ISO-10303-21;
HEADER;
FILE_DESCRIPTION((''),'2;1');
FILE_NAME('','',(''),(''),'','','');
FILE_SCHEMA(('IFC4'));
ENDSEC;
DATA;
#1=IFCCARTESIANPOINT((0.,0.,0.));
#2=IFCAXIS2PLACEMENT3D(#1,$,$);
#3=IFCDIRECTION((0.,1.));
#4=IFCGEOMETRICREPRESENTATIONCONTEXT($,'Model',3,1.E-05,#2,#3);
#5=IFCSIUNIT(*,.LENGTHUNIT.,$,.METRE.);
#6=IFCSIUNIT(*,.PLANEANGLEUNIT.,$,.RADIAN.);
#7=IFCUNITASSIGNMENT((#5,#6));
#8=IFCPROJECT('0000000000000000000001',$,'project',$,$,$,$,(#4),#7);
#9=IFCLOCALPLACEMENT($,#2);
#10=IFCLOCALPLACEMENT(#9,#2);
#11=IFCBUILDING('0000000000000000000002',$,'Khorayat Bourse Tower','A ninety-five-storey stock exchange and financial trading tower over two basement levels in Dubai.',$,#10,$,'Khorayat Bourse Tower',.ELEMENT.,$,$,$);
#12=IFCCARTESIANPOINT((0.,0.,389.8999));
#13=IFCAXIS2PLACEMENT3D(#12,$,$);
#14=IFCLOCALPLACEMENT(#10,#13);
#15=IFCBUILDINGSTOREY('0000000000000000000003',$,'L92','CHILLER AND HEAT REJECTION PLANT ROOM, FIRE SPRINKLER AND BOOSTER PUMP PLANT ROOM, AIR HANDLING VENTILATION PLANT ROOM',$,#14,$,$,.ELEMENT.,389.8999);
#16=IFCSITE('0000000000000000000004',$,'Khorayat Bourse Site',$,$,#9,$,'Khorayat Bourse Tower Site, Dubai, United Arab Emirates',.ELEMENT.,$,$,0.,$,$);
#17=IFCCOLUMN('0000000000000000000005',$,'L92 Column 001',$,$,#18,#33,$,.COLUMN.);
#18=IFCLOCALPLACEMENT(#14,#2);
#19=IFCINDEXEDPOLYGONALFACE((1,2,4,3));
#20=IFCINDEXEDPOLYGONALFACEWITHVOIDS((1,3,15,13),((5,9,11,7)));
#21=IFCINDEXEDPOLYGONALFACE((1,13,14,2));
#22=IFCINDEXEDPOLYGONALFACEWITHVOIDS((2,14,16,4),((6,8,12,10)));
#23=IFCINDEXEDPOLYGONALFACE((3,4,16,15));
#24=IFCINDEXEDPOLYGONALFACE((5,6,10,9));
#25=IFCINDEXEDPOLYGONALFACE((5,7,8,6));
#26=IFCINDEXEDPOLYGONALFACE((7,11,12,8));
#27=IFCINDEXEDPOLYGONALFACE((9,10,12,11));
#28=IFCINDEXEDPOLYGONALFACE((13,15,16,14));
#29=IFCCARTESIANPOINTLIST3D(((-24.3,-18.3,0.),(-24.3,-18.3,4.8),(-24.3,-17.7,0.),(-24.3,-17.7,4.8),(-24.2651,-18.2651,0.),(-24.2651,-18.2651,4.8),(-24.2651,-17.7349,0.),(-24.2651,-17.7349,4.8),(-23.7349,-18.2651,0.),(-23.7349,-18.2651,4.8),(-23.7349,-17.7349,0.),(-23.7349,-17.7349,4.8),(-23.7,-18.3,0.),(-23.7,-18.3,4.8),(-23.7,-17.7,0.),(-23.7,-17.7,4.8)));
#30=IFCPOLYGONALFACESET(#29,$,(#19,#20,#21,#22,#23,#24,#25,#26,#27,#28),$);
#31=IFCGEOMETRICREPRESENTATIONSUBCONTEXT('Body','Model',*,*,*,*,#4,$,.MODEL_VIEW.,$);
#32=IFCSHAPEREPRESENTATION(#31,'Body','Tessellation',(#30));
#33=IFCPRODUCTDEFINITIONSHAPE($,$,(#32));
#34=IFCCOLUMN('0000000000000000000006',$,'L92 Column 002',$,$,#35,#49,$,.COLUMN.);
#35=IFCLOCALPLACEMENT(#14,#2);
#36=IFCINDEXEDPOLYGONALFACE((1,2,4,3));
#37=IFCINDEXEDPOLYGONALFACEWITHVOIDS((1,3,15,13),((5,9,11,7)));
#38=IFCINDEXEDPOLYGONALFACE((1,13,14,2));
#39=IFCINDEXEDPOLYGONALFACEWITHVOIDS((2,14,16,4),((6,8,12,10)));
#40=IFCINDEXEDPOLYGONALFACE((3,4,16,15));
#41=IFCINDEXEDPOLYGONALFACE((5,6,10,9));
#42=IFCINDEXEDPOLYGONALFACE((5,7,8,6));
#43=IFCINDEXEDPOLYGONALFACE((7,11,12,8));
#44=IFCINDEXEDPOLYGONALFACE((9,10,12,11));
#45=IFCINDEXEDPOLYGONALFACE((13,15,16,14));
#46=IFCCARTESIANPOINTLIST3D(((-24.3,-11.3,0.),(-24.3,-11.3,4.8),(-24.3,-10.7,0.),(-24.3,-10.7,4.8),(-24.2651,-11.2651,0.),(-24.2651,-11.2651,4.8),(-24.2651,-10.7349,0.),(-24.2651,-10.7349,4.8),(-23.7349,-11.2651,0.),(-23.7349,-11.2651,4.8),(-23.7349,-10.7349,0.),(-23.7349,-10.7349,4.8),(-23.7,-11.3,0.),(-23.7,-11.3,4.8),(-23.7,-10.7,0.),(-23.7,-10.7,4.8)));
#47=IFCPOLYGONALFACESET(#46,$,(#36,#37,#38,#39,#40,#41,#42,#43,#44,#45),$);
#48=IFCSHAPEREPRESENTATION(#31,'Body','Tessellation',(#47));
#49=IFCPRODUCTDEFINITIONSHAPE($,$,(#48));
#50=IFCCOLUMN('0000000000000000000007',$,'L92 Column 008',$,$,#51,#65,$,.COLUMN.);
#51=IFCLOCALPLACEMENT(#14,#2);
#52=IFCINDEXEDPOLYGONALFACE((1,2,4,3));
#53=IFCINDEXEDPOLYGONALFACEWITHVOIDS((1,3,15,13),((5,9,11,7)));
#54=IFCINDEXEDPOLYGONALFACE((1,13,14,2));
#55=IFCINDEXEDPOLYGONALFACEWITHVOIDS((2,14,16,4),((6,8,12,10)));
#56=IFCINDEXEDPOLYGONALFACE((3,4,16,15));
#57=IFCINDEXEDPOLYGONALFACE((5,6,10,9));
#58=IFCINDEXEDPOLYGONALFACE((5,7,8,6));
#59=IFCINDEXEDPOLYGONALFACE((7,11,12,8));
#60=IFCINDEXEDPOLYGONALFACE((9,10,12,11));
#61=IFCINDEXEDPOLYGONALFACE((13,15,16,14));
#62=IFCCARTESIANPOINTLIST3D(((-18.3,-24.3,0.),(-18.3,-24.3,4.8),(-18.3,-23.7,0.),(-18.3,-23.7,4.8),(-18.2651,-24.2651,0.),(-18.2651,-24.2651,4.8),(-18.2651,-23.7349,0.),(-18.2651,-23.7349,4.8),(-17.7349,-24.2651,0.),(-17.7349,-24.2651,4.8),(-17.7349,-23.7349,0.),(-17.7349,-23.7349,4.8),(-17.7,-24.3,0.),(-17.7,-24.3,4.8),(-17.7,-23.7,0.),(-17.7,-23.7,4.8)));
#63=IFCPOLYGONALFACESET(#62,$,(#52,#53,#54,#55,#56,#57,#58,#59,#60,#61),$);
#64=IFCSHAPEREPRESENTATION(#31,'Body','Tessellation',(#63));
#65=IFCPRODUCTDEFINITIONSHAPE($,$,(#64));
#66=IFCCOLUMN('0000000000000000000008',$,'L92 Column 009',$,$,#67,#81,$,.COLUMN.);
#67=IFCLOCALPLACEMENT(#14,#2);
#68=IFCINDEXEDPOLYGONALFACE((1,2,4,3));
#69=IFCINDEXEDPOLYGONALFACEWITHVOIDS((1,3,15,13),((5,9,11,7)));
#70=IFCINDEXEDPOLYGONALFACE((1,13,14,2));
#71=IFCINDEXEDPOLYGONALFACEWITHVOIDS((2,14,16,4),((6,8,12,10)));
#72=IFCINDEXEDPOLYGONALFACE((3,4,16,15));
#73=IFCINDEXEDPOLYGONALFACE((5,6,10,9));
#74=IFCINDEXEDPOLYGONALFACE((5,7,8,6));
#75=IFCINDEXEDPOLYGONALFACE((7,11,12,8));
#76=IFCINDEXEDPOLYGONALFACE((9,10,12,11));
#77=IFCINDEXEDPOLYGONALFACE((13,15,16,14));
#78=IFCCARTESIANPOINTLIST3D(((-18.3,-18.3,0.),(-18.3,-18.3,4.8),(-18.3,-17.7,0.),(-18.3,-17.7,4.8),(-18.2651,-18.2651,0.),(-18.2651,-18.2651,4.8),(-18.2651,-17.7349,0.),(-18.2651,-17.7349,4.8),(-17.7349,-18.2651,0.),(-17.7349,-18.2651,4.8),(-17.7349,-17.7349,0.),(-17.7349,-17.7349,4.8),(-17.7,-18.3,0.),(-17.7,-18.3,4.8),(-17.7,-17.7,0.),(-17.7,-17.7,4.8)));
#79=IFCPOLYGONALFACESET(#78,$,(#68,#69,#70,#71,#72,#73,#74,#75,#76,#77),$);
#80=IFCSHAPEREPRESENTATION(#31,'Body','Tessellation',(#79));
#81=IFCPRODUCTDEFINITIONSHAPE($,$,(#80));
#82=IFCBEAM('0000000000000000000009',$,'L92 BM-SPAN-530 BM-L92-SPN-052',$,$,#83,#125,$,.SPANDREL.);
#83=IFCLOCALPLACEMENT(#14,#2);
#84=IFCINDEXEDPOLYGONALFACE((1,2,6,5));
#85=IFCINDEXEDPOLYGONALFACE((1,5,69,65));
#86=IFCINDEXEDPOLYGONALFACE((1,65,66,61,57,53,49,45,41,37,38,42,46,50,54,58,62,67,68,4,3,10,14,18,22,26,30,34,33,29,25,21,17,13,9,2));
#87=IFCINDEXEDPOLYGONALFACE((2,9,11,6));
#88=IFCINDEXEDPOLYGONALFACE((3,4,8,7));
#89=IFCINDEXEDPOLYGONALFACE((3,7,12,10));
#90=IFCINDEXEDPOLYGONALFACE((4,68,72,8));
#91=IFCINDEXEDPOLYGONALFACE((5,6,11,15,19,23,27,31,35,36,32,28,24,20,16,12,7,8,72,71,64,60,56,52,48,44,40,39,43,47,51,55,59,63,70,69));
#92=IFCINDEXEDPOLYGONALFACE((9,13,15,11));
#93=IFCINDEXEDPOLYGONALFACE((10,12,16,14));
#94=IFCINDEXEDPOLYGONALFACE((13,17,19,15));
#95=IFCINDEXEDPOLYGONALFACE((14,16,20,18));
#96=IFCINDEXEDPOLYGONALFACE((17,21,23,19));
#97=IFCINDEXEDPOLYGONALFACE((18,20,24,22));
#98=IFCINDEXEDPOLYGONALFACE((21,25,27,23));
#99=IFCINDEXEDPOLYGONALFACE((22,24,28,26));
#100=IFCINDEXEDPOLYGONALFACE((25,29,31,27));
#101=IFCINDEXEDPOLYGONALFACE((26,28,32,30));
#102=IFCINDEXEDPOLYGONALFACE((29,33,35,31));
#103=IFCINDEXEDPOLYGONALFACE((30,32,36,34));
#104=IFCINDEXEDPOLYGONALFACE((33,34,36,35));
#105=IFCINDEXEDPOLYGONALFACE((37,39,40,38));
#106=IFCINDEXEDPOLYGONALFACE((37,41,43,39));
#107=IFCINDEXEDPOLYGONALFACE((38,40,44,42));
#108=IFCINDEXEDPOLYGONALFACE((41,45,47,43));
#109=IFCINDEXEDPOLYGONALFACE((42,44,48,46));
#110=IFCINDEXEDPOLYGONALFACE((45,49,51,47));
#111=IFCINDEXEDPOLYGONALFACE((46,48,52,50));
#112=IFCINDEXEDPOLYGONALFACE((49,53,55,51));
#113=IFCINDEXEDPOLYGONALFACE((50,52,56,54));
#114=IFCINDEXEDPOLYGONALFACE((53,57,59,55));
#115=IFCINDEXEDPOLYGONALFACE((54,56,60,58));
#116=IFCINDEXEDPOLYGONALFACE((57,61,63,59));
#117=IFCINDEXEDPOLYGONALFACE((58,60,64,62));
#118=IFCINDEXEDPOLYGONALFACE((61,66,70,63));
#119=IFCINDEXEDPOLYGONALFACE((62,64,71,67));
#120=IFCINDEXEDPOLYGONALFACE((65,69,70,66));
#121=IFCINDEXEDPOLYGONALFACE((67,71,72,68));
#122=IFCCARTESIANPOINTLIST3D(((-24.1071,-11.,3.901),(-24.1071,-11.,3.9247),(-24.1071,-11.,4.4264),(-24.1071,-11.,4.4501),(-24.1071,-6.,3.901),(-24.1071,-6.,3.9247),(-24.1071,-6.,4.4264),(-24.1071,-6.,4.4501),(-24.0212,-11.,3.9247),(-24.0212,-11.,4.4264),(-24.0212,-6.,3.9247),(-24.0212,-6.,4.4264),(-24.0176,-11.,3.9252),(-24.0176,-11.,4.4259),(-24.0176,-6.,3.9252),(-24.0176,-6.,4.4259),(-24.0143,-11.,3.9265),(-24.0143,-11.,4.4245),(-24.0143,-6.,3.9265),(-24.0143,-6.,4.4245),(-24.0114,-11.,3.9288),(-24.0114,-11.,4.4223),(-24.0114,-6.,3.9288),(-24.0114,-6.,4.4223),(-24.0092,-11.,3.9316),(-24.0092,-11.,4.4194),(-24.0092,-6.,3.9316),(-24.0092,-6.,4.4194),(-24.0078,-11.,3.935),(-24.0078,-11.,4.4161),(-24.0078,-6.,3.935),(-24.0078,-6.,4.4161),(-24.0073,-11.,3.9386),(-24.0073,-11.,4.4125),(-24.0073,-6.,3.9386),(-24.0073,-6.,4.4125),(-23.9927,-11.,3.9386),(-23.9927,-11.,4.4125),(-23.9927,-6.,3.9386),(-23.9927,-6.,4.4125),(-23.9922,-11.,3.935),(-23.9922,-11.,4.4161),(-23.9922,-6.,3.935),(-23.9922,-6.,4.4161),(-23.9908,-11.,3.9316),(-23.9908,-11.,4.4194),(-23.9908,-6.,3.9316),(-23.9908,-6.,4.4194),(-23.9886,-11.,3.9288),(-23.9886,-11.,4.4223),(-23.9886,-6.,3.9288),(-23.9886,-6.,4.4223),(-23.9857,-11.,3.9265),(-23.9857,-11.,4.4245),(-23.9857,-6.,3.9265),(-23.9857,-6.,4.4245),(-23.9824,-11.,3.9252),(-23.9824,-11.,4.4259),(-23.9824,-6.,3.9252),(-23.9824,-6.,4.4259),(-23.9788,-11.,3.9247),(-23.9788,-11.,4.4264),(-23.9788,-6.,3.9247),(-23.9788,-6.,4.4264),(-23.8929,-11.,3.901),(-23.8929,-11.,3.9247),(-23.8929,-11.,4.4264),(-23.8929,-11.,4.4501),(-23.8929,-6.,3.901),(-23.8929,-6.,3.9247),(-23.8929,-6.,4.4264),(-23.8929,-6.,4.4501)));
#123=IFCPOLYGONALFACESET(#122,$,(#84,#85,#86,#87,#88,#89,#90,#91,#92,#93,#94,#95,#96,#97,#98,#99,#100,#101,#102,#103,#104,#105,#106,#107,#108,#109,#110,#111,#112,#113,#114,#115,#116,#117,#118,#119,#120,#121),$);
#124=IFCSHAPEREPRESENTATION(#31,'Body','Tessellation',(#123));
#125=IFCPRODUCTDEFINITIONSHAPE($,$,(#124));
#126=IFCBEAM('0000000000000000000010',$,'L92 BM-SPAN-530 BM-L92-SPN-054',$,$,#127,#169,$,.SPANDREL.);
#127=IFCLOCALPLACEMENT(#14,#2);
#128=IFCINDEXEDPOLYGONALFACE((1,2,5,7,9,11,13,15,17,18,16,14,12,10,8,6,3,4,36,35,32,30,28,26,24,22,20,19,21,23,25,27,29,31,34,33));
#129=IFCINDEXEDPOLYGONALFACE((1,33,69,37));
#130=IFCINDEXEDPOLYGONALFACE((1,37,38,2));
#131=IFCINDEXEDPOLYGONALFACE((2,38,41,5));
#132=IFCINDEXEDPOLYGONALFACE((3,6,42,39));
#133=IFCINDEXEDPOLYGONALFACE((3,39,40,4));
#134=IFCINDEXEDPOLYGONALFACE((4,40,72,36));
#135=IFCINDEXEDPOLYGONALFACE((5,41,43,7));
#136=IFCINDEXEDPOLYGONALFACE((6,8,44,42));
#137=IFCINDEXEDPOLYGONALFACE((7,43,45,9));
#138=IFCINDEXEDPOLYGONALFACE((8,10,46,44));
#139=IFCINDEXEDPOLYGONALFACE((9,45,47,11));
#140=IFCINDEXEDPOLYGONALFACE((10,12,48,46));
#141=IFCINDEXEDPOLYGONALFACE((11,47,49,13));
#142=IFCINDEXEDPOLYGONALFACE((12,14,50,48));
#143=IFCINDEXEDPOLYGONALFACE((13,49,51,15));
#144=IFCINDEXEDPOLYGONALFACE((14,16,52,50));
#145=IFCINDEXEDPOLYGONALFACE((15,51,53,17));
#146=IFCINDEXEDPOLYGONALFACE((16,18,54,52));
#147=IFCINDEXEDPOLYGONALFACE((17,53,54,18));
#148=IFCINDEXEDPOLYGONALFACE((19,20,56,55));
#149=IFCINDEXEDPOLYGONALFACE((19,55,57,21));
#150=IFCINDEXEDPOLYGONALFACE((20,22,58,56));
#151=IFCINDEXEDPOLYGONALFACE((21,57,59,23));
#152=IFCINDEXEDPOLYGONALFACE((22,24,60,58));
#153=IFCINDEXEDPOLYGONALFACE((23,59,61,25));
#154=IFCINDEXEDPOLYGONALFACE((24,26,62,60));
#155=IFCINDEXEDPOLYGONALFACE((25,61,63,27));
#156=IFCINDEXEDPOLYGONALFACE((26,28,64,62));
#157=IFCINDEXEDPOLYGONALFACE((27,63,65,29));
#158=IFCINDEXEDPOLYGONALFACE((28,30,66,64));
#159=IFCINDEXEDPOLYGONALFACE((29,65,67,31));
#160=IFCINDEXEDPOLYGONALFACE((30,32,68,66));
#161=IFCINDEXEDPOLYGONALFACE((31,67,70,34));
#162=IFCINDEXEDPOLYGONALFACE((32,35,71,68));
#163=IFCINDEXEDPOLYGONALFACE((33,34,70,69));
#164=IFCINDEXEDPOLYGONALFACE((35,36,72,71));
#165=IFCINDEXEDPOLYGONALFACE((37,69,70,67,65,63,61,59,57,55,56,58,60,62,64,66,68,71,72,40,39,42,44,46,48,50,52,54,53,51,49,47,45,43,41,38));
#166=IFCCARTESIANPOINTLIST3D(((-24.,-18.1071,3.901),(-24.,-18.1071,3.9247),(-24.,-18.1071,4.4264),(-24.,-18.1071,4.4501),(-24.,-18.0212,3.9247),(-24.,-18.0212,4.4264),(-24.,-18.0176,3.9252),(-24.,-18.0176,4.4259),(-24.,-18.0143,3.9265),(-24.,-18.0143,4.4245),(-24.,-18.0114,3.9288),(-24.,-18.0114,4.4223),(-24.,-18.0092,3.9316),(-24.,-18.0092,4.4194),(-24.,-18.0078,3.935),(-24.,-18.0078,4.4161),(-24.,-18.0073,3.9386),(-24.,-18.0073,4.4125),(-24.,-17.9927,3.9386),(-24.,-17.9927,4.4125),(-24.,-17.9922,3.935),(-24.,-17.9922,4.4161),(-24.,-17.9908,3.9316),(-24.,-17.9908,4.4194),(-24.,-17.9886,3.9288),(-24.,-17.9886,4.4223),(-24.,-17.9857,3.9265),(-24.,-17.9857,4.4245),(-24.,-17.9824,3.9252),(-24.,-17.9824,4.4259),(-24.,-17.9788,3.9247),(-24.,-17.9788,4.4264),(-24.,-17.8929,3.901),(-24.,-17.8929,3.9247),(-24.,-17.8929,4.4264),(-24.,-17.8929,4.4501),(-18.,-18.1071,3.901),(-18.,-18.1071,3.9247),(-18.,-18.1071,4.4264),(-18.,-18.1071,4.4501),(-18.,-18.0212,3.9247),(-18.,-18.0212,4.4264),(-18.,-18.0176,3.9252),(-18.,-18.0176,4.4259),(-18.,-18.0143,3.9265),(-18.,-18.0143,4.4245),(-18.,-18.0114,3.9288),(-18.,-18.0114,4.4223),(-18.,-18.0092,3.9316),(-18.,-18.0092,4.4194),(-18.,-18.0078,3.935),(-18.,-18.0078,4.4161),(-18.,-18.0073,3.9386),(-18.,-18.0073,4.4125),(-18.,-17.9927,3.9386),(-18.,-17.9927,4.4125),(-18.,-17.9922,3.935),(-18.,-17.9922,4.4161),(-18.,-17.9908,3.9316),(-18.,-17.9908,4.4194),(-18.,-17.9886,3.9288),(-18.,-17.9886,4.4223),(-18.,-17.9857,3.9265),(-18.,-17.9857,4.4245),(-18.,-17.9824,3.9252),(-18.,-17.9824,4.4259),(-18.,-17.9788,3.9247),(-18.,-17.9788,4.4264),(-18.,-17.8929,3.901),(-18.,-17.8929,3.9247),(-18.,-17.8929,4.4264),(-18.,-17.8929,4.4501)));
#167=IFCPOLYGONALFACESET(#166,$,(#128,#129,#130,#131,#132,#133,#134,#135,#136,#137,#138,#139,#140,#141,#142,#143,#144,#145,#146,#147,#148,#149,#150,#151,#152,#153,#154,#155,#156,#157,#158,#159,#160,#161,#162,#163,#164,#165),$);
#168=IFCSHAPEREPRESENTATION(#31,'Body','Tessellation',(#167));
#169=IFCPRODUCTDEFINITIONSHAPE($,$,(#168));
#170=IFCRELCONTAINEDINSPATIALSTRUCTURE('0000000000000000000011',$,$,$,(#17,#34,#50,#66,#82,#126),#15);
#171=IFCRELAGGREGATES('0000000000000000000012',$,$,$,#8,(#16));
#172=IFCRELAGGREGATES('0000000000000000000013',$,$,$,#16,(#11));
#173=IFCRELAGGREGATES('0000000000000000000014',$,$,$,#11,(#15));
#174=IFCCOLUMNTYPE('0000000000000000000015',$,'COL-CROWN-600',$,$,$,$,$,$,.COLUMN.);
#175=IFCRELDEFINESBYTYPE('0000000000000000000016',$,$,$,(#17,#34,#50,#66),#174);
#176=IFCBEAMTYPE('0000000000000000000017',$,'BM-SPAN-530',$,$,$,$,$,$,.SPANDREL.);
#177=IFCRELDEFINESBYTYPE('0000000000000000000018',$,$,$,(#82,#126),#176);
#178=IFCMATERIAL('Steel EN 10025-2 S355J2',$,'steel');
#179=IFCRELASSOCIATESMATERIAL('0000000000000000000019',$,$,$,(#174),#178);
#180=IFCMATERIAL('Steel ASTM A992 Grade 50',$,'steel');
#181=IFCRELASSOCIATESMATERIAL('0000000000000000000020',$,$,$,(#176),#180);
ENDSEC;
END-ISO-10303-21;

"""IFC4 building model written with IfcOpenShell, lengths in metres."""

from ifc_helpers import new_model, si_unit, direction, frame, origin, origin_2d, place, context, subcontext, project, spatial, hollow_rectangle, i_section, extrude, source, transform, mapped, material, material_profile, profile_set, type_object, element, save


model = new_model("IFC4")

# Units and contexts
model_context = context("Model", 3, precision=1e-05, world=origin(), true_north=direction((0.0, 1.0)))
body_context = subcontext(model_context, "Body", "Model", "MODEL_VIEW")
ifc_project = project(units=[si_unit("LENGTHUNIT", "METRE"), si_unit("PLANEANGLEUNIT", "RADIAN")], contexts=[model_context])

# Site, building, storey
site_placement = place(None, origin())
site = spatial("IfcSite", under=ifc_project, at=site_placement, Name="Khorayat Bourse Site", LongName="Khorayat Bourse Tower Site, Dubai, United Arab Emirates", CompositionType="ELEMENT", RefElevation=0.0)
building_placement = place(site_placement, origin())
building = spatial("IfcBuilding", under=site, at=building_placement, Name="Khorayat Bourse Tower", Description="A ninety-five-storey stock exchange and financial trading tower over two basement levels in Dubai.", LongName="Khorayat Bourse Tower", CompositionType="ELEMENT")
storey_placement = place(building_placement, frame((0.0, 0.0, 389.8999)))
storey = spatial("IfcBuildingStorey", under=building, at=storey_placement, Name="L92", Description="CHILLER AND HEAT REJECTION PLANT ROOM, FIRE SPRINKLER AND BOOSTER PUMP PLANT ROOM, AIR HANDLING VENTILATION PLANT ROOM", CompositionType="ELEMENT", Elevation=389.8999)

# Columns
ifc_material_1 = material(Name="Steel EN 10025-2 S355J2", Category="steel")
ifc_material_profile_1 = material_profile(ifc_material_1, hollow_rectangle(XDim=0.6001, YDim=0.6001, WallThickness=0.0349, at=origin_2d()), Name="BOX 600x600x35")
ifc_profile_set_1 = profile_set([ifc_material_profile_1], Name="Steel EN 10025-2 S355J2")
column_type = type_object("IfcColumnType", Name="COL-CROWN-600", PredefinedType="COLUMN", material=ifc_profile_set_1)
shared_shape_1 = source(origin(), body_context, "Body", "SweptSolid", [
    extrude(hollow_rectangle(XDim=0.6001, YDim=0.6001, WallThickness=0.0349, at=origin_2d()), origin(), (0.0, 0.0, 1.0), 4.8),
])
for number, where, z_axis, x_axis, name in (
    (1, (-24.0, -18.0, 0.0), (0.0, 0.0, 1.0), (1.0, 0.0, 0.0), "L92 Column 001"),
    (2, (-24.0, -11.0, 0.0), (0.0, 0.0, 1.0), (1.0, 0.0, 0.0), "L92 Column 002"),
    (3, (-18.0, -24.0, 0.0), (0.0, 0.0, 1.0), (1.0, 0.0, 0.0), "L92 Column 008"),
    (4, (-18.0, -18.0, 0.0), (0.0, 0.0, 1.0), (1.0, 0.0, 0.0), "L92 Column 009"),
):
    element("IfcColumn", number, at=place(storey_placement, frame(where, z_axis=z_axis, x_axis=x_axis)), inside=storey, type_object=column_type, Name=name, PredefinedType="COLUMN", context=body_context, shape_type="MappedRepresentation", body=[
        mapped(shared_shape_1, transform((0.0, 0.0, 0.0), scale=1.0)),
    ])

# Beams
ifc_material_2 = material(Name="Steel ASTM A992 Grade 50", Category="steel")
ifc_material_profile_2 = material_profile(ifc_material_2, i_section(OverallWidth=0.2141, OverallDepth=0.5491, WebThickness=0.0146, FlangeThickness=0.0237, FilletRadius=0.0139, at=origin_2d()), Name="W530X138")
ifc_profile_set_2 = profile_set([ifc_material_profile_2], Name="Steel ASTM A992 Grade 50")
beam_type_1 = type_object("IfcBeamType", Name="BM-SPAN-530", PredefinedType="SPANDREL", material=ifc_profile_set_2)
shared_shape_2 = source(origin(), body_context, "Body", "SweptSolid", [
    extrude(i_section(OverallWidth=0.2141, OverallDepth=0.5491, WebThickness=0.0146, FlangeThickness=0.0237, FilletRadius=0.0139, at=origin_2d()), origin(), (0.0, 0.0, 1.0), 5.0),
])
beam_1_placement = place(storey_placement, frame((-24.0, -11.0, 4.1755), z_axis=(0.0, 1.0, 0.0), x_axis=(-1.0, 0.0, 0.0)))
element("IfcBeam", 5, at=beam_1_placement, inside=storey, type_object=beam_type_1, Name="L92 BM-SPAN-530 BM-L92-SPN-052", PredefinedType="SPANDREL", context=body_context, shape_type="MappedRepresentation", body=[
    mapped(shared_shape_2, transform((0.0, 0.0, 0.0), scale=1.0)),
])
shared_shape_3 = source(origin(), body_context, "Body", "SweptSolid", [
    extrude(i_section(OverallWidth=0.2141, OverallDepth=0.5491, WebThickness=0.0146, FlangeThickness=0.0237, FilletRadius=0.0139, at=origin_2d()), origin(), (0.0, 0.0, 1.0), 6.0),
])
for number, where, z_axis, x_axis, name in (
    (6, (-24.0, -18.0, 4.1755), (1.0, 0.0, 0.0), (0.0, 1.0, 0.0), "L92 BM-SPAN-530 BM-L92-SPN-054"),
):
    element("IfcBeam", number, at=place(storey_placement, frame(where, z_axis=z_axis, x_axis=x_axis)), inside=storey, type_object=beam_type_1, Name=name, PredefinedType="SPANDREL", context=body_context, shape_type="MappedRepresentation", body=[
        mapped(shared_shape_3, transform((0.0, 0.0, 0.0), scale=1.0)),
    ])

save(model, "model.ifc")
